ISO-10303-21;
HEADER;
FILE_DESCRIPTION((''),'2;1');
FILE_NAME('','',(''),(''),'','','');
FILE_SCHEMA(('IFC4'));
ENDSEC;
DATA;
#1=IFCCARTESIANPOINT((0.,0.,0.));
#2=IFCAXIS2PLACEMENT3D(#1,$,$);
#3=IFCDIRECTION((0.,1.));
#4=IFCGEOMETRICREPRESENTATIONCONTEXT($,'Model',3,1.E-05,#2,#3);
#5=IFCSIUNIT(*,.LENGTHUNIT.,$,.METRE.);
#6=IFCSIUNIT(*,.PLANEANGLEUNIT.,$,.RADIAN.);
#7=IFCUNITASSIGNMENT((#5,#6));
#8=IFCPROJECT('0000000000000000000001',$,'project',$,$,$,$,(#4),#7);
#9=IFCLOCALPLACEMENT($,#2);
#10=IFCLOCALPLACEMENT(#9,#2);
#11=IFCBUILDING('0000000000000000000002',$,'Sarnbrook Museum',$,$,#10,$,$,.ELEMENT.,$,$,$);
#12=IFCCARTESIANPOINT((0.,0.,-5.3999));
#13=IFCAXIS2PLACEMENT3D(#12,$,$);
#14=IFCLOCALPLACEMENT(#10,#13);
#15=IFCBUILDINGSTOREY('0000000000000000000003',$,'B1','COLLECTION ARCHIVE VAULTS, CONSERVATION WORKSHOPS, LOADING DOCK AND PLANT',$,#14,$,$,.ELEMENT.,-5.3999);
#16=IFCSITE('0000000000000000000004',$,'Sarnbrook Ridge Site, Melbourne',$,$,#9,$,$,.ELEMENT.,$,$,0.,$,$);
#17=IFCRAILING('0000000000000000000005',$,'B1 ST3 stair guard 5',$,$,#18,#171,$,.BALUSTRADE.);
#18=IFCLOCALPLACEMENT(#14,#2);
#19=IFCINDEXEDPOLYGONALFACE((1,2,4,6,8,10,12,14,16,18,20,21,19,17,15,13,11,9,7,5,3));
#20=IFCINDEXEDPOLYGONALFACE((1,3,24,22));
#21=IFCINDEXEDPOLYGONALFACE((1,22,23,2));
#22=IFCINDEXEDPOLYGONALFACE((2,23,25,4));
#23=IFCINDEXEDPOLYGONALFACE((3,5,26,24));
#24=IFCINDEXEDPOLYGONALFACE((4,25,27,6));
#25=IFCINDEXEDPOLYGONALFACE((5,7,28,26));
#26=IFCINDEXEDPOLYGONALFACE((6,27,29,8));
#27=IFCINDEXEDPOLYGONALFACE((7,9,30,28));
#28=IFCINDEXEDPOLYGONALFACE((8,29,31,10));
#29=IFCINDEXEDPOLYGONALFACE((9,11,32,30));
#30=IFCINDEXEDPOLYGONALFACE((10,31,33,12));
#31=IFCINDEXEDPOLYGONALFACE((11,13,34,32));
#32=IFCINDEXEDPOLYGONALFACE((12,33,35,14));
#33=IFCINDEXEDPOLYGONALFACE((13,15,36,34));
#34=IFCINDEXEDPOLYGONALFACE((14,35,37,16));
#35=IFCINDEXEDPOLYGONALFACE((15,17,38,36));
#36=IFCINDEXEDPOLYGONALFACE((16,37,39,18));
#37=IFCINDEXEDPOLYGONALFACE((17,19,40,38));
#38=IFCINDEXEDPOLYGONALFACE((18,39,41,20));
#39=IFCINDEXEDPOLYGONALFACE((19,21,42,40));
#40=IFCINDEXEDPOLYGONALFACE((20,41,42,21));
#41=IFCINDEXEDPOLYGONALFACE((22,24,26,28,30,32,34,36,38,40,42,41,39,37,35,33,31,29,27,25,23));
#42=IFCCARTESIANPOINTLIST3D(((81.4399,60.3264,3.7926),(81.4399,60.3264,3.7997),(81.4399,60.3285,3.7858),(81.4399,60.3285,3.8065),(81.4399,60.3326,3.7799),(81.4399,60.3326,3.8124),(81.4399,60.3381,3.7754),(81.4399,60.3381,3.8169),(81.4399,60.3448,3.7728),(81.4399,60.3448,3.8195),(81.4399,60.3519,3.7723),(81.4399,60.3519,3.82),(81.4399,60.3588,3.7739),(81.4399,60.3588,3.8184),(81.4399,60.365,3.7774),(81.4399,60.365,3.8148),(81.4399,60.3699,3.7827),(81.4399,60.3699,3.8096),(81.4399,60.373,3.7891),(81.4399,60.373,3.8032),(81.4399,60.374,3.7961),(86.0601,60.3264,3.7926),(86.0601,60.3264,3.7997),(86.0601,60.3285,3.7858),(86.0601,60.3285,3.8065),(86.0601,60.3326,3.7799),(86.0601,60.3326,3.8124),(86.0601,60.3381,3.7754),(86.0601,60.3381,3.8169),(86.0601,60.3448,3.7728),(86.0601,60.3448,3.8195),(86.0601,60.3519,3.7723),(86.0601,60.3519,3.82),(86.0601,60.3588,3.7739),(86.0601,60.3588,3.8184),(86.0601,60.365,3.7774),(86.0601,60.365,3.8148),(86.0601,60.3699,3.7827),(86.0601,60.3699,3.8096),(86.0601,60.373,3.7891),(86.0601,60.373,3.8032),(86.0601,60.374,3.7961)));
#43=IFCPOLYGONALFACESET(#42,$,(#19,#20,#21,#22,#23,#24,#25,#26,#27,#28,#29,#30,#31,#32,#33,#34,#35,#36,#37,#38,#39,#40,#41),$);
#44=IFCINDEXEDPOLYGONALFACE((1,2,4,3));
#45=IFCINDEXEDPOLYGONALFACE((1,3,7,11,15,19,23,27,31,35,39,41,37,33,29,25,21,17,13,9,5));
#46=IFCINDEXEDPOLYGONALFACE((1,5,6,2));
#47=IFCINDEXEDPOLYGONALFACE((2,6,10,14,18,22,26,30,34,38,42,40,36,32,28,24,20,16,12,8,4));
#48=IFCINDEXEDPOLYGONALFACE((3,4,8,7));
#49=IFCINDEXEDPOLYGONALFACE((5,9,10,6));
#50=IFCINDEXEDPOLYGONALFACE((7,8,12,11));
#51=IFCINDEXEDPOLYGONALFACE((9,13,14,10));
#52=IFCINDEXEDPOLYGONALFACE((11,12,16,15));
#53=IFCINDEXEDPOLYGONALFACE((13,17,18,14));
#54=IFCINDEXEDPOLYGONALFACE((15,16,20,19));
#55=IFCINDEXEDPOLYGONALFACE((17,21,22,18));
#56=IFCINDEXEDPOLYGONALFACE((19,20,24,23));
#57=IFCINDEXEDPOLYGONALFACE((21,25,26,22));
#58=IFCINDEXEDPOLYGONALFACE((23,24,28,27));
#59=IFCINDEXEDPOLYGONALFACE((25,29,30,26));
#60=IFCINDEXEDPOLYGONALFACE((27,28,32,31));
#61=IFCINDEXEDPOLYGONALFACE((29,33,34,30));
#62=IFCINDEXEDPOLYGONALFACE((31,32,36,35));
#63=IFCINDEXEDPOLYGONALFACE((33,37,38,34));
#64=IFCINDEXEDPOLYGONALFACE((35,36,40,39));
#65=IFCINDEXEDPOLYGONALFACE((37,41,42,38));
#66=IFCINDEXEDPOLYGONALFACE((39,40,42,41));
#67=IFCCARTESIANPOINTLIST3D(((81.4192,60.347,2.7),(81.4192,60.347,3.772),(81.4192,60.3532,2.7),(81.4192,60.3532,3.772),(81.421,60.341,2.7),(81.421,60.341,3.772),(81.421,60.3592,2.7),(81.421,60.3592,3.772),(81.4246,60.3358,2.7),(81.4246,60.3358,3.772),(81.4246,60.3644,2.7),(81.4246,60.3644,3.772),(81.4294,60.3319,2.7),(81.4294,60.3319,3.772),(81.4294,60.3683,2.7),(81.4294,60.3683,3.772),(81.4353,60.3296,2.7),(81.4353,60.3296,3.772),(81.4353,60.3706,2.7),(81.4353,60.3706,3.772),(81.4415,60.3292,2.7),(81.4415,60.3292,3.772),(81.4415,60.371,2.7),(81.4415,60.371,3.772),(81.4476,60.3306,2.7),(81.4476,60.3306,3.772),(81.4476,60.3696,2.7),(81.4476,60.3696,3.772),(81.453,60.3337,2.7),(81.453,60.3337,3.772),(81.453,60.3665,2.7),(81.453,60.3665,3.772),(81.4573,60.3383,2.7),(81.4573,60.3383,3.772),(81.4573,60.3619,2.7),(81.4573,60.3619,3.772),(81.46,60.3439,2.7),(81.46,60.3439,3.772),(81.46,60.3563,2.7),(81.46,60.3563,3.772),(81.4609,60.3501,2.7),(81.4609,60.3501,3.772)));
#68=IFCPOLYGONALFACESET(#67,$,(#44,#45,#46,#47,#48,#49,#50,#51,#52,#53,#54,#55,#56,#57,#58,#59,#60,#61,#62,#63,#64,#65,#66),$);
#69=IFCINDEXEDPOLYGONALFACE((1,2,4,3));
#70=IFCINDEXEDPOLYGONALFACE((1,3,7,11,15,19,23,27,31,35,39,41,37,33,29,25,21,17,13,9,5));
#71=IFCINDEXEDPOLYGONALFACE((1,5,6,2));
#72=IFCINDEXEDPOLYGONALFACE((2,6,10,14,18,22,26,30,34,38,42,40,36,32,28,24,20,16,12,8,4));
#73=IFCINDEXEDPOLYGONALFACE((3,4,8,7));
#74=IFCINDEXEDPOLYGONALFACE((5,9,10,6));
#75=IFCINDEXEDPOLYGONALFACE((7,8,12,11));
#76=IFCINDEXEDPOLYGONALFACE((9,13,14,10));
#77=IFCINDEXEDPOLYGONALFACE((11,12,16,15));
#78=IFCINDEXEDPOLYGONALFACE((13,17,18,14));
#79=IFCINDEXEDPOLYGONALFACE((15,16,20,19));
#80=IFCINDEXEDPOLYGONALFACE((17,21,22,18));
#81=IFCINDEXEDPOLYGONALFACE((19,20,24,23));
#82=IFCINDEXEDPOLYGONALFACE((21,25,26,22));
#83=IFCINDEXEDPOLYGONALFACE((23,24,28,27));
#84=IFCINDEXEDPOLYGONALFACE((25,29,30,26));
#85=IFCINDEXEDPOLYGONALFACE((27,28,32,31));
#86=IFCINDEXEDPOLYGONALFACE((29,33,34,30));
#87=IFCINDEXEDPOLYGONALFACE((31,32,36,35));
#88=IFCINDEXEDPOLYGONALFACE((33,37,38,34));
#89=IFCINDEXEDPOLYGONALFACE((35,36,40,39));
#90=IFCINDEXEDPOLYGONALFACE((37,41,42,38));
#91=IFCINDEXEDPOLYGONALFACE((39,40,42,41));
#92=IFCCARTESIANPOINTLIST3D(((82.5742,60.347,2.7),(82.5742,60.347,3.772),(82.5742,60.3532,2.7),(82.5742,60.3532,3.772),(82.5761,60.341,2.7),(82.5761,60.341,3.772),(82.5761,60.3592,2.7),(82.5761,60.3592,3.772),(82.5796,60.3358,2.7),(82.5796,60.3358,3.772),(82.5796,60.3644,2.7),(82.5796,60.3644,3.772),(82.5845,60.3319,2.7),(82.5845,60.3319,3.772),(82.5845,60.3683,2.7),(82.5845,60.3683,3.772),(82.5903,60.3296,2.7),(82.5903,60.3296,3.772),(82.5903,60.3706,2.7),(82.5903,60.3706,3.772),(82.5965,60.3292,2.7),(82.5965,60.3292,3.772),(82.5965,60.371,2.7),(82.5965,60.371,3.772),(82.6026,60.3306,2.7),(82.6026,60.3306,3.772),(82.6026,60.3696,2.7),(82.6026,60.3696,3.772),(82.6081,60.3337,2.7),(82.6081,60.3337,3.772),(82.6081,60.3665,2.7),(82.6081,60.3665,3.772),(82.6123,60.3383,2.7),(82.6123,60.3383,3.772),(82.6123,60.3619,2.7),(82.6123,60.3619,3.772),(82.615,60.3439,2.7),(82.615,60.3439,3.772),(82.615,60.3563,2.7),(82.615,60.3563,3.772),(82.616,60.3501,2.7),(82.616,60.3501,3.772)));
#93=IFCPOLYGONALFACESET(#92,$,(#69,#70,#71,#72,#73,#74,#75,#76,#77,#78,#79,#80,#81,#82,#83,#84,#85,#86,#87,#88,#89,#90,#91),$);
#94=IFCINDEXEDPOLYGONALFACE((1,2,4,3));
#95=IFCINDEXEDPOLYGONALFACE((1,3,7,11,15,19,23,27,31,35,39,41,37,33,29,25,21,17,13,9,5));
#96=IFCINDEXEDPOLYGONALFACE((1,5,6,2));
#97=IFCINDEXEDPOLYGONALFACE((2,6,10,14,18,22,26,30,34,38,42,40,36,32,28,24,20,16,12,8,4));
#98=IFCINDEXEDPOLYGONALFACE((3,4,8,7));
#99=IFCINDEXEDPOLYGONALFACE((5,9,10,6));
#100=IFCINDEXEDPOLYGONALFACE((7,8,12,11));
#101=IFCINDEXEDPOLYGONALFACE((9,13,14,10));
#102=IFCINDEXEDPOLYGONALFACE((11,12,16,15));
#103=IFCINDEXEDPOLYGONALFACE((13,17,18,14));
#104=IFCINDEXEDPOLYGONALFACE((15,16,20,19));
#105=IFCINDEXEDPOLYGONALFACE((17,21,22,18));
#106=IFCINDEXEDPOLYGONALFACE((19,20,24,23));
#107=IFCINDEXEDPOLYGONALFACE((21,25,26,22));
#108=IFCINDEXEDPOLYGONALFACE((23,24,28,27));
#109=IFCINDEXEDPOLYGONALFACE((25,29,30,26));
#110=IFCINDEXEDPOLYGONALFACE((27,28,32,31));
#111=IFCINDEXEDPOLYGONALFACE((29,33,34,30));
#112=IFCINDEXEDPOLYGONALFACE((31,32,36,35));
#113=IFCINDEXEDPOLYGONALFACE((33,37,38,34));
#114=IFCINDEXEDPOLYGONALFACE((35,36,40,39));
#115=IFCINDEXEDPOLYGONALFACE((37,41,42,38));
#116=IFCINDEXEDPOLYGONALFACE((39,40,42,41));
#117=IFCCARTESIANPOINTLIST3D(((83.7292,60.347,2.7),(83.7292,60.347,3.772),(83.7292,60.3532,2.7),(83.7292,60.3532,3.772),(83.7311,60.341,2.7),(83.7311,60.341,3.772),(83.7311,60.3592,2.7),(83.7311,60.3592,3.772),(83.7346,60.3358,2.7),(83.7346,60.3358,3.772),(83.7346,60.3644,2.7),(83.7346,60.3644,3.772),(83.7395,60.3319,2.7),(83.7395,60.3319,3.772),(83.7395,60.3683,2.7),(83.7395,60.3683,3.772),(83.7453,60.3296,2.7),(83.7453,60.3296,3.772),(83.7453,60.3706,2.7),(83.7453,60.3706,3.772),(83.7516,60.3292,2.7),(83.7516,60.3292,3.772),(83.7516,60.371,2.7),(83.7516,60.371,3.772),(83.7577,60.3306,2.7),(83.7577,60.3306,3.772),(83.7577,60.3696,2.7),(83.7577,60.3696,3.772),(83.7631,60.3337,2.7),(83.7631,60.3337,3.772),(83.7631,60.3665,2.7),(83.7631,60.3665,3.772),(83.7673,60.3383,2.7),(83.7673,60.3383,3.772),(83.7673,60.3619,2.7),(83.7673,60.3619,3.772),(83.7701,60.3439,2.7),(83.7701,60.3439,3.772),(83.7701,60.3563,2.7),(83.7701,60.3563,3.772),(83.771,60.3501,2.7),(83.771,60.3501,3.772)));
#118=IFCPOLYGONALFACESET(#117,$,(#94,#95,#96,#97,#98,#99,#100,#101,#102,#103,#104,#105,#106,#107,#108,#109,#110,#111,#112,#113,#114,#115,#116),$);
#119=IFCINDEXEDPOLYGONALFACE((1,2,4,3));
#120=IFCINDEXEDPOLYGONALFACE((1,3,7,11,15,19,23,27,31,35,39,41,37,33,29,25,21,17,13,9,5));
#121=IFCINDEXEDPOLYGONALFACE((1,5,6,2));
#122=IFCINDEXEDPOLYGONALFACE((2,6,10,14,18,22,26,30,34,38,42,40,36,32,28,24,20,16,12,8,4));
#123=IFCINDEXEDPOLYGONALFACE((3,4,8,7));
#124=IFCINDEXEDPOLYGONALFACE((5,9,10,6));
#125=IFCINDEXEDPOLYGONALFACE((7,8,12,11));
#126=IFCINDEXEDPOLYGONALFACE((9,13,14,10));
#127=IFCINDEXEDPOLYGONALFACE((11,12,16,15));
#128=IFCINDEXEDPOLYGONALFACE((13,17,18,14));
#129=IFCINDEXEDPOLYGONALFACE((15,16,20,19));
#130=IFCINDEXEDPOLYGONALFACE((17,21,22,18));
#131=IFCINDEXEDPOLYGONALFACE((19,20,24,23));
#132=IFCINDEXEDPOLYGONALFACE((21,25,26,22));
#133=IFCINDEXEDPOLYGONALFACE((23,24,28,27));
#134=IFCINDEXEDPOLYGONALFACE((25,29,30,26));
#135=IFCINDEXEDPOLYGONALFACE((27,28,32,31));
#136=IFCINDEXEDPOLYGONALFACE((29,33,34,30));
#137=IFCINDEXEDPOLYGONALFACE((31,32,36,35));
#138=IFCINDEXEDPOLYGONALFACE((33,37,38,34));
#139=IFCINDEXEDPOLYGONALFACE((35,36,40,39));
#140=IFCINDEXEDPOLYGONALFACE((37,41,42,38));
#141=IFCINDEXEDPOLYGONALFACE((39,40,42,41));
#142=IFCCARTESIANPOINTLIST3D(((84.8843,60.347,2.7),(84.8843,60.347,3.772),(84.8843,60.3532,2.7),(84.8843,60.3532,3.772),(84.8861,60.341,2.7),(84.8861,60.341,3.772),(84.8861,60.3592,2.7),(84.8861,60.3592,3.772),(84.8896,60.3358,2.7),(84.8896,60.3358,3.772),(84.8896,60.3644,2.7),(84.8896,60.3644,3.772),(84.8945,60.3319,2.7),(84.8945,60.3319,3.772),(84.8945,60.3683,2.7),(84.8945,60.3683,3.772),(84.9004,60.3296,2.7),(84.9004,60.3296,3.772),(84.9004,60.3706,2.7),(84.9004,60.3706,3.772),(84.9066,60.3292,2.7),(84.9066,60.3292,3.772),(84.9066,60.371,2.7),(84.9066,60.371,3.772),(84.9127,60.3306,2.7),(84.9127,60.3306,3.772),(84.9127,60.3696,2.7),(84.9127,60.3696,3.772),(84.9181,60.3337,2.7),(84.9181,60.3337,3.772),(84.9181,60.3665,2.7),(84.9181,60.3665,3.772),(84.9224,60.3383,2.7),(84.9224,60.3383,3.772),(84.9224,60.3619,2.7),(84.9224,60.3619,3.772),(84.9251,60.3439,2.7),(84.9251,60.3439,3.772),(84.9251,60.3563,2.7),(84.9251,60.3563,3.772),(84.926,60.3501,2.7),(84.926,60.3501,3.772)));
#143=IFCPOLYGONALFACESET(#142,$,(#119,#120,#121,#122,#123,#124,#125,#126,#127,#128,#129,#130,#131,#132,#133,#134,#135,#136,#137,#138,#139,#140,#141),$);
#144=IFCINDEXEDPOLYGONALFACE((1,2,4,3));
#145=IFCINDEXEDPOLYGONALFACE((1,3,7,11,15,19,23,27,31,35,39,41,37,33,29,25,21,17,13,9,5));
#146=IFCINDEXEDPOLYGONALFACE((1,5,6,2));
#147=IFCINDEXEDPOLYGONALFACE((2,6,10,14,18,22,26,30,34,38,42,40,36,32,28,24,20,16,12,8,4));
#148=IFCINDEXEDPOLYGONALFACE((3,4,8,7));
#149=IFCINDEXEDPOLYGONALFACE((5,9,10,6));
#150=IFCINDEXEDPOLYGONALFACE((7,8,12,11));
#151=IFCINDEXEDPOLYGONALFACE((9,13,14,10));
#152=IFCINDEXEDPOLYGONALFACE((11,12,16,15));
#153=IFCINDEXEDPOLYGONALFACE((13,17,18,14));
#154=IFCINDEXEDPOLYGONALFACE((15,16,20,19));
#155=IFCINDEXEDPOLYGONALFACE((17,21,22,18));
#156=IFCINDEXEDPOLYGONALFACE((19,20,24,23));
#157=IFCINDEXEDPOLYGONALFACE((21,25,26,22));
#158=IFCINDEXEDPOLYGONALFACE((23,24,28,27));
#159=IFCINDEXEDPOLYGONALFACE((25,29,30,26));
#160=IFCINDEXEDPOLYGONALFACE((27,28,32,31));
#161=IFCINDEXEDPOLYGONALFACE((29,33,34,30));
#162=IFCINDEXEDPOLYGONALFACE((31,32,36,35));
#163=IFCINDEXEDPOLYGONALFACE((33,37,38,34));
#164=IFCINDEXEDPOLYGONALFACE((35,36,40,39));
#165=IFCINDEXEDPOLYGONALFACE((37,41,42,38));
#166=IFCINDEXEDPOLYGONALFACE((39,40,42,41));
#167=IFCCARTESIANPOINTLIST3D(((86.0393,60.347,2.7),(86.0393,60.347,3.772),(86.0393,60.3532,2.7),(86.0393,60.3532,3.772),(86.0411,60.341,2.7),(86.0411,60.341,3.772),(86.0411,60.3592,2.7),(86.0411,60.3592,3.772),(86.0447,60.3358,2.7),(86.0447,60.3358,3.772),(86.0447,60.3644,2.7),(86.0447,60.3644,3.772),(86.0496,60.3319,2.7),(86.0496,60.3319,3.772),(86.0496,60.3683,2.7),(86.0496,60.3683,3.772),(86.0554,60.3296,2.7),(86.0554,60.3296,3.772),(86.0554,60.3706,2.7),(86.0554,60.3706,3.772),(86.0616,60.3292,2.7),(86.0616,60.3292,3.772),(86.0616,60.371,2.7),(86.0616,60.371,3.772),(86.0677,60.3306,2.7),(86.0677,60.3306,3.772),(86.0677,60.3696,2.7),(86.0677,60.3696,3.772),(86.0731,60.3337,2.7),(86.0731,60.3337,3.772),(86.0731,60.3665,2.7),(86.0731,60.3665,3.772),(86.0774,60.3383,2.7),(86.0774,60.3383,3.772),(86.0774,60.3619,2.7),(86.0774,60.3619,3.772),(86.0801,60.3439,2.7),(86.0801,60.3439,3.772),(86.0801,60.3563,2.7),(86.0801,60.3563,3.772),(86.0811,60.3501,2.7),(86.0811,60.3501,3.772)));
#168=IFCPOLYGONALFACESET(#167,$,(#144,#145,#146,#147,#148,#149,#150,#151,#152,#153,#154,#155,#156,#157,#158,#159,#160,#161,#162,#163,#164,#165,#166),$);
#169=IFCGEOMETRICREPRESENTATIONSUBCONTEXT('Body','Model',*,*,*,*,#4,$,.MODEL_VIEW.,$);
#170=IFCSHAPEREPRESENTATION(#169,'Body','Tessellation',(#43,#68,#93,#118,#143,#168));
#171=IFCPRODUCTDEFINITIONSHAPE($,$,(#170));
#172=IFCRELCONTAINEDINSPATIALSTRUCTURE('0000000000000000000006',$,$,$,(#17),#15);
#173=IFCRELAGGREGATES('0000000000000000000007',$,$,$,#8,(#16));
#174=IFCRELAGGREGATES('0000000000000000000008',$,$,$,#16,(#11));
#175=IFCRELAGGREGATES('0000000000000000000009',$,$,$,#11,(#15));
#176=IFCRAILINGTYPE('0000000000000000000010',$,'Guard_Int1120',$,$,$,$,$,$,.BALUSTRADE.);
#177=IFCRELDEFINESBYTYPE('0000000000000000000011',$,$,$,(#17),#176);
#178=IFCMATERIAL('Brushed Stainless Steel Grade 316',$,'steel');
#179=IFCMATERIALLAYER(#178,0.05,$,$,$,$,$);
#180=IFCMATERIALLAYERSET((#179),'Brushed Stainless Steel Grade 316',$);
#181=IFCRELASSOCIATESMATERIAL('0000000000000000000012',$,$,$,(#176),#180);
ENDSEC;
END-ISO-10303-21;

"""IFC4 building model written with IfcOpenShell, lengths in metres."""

from ifc_helpers import new_model, si_unit, direction, frame, origin, origin_2d, place, context, subcontext, project, spatial, circle, extrude, material, layer, layer_set, type_object, element, save


model = new_model("IFC4")

# Units and contexts
model_context = context("Model", 3, precision=1e-05, world=origin(), true_north=direction((0.0, 1.0)))
body_context = subcontext(model_context, "Body", "Model", "MODEL_VIEW")
ifc_project = project(units=[si_unit("LENGTHUNIT", "METRE"), si_unit("PLANEANGLEUNIT", "RADIAN")], contexts=[model_context])

# Site, building, storey
site_placement = place(None, origin())
site = spatial("IfcSite", under=ifc_project, at=site_placement, Name="Sarnbrook Ridge Site, Melbourne", CompositionType="ELEMENT", RefElevation=0.0)
building_placement = place(site_placement, origin())
building = spatial("IfcBuilding", under=site, at=building_placement, Name="Sarnbrook Museum", CompositionType="ELEMENT")
storey_placement = place(building_placement, frame((0.0, 0.0, -5.3999)))
storey = spatial("IfcBuildingStorey", under=building, at=storey_placement, Name="B1", Description="COLLECTION ARCHIVE VAULTS, CONSERVATION WORKSHOPS, LOADING DOCK AND PLANT", CompositionType="ELEMENT", Elevation=-5.3999)

# Shared definitions
ifc_material_1 = material(Name="Brushed Stainless Steel Grade 316", Category="steel")

# Railing
ifc_layer_1 = layer(ifc_material_1, 0.05)
ifc_layer_set_1 = layer_set([ifc_layer_1], Name="Brushed Stainless Steel Grade 316")
railing_type_1 = type_object("IfcRailingType", Name="Guard_Int1120", PredefinedType="BALUSTRADE", material=ifc_layer_set_1)
railing_1_placement = place(storey_placement, frame((81.4399, 60.3501, 2.7)))
element("IfcRailing", 1, at=railing_1_placement, inside=storey, type_object=railing_type_1, Name="B1 ST3 stair guard 5", PredefinedType="BALUSTRADE", context=body_context, shape_type="SweptSolid", body=[
    extrude(circle(Radius=0.0239, at=origin_2d()), frame((0.0, 0.0, 1.0962), z_axis=(1.0, 0.0, 0.0), x_axis=(0.0, 1.0, 0.0)), (0.0, 0.0, 1.0), 4.6201),
    extrude(circle(Radius=0.021, at=origin_2d()), origin(), (0.0, 0.0, 1.0), 1.072),
    extrude(circle(Radius=0.021, at=origin_2d()), frame((1.155, 0.0, 0.0)), (0.0, 0.0, 1.0), 1.072),
    extrude(circle(Radius=0.021, at=origin_2d()), frame((2.3101, 0.0, 0.0)), (0.0, 0.0, 1.0), 1.072),
    extrude(circle(Radius=0.021, at=origin_2d()), frame((3.4651, 0.0, 0.0)), (0.0, 0.0, 1.0), 1.072),
    extrude(circle(Radius=0.021, at=origin_2d()), frame((4.6201, 0.0, 0.0)), (0.0, 0.0, 1.0), 1.072),
])

save(model, "model.ifc")
